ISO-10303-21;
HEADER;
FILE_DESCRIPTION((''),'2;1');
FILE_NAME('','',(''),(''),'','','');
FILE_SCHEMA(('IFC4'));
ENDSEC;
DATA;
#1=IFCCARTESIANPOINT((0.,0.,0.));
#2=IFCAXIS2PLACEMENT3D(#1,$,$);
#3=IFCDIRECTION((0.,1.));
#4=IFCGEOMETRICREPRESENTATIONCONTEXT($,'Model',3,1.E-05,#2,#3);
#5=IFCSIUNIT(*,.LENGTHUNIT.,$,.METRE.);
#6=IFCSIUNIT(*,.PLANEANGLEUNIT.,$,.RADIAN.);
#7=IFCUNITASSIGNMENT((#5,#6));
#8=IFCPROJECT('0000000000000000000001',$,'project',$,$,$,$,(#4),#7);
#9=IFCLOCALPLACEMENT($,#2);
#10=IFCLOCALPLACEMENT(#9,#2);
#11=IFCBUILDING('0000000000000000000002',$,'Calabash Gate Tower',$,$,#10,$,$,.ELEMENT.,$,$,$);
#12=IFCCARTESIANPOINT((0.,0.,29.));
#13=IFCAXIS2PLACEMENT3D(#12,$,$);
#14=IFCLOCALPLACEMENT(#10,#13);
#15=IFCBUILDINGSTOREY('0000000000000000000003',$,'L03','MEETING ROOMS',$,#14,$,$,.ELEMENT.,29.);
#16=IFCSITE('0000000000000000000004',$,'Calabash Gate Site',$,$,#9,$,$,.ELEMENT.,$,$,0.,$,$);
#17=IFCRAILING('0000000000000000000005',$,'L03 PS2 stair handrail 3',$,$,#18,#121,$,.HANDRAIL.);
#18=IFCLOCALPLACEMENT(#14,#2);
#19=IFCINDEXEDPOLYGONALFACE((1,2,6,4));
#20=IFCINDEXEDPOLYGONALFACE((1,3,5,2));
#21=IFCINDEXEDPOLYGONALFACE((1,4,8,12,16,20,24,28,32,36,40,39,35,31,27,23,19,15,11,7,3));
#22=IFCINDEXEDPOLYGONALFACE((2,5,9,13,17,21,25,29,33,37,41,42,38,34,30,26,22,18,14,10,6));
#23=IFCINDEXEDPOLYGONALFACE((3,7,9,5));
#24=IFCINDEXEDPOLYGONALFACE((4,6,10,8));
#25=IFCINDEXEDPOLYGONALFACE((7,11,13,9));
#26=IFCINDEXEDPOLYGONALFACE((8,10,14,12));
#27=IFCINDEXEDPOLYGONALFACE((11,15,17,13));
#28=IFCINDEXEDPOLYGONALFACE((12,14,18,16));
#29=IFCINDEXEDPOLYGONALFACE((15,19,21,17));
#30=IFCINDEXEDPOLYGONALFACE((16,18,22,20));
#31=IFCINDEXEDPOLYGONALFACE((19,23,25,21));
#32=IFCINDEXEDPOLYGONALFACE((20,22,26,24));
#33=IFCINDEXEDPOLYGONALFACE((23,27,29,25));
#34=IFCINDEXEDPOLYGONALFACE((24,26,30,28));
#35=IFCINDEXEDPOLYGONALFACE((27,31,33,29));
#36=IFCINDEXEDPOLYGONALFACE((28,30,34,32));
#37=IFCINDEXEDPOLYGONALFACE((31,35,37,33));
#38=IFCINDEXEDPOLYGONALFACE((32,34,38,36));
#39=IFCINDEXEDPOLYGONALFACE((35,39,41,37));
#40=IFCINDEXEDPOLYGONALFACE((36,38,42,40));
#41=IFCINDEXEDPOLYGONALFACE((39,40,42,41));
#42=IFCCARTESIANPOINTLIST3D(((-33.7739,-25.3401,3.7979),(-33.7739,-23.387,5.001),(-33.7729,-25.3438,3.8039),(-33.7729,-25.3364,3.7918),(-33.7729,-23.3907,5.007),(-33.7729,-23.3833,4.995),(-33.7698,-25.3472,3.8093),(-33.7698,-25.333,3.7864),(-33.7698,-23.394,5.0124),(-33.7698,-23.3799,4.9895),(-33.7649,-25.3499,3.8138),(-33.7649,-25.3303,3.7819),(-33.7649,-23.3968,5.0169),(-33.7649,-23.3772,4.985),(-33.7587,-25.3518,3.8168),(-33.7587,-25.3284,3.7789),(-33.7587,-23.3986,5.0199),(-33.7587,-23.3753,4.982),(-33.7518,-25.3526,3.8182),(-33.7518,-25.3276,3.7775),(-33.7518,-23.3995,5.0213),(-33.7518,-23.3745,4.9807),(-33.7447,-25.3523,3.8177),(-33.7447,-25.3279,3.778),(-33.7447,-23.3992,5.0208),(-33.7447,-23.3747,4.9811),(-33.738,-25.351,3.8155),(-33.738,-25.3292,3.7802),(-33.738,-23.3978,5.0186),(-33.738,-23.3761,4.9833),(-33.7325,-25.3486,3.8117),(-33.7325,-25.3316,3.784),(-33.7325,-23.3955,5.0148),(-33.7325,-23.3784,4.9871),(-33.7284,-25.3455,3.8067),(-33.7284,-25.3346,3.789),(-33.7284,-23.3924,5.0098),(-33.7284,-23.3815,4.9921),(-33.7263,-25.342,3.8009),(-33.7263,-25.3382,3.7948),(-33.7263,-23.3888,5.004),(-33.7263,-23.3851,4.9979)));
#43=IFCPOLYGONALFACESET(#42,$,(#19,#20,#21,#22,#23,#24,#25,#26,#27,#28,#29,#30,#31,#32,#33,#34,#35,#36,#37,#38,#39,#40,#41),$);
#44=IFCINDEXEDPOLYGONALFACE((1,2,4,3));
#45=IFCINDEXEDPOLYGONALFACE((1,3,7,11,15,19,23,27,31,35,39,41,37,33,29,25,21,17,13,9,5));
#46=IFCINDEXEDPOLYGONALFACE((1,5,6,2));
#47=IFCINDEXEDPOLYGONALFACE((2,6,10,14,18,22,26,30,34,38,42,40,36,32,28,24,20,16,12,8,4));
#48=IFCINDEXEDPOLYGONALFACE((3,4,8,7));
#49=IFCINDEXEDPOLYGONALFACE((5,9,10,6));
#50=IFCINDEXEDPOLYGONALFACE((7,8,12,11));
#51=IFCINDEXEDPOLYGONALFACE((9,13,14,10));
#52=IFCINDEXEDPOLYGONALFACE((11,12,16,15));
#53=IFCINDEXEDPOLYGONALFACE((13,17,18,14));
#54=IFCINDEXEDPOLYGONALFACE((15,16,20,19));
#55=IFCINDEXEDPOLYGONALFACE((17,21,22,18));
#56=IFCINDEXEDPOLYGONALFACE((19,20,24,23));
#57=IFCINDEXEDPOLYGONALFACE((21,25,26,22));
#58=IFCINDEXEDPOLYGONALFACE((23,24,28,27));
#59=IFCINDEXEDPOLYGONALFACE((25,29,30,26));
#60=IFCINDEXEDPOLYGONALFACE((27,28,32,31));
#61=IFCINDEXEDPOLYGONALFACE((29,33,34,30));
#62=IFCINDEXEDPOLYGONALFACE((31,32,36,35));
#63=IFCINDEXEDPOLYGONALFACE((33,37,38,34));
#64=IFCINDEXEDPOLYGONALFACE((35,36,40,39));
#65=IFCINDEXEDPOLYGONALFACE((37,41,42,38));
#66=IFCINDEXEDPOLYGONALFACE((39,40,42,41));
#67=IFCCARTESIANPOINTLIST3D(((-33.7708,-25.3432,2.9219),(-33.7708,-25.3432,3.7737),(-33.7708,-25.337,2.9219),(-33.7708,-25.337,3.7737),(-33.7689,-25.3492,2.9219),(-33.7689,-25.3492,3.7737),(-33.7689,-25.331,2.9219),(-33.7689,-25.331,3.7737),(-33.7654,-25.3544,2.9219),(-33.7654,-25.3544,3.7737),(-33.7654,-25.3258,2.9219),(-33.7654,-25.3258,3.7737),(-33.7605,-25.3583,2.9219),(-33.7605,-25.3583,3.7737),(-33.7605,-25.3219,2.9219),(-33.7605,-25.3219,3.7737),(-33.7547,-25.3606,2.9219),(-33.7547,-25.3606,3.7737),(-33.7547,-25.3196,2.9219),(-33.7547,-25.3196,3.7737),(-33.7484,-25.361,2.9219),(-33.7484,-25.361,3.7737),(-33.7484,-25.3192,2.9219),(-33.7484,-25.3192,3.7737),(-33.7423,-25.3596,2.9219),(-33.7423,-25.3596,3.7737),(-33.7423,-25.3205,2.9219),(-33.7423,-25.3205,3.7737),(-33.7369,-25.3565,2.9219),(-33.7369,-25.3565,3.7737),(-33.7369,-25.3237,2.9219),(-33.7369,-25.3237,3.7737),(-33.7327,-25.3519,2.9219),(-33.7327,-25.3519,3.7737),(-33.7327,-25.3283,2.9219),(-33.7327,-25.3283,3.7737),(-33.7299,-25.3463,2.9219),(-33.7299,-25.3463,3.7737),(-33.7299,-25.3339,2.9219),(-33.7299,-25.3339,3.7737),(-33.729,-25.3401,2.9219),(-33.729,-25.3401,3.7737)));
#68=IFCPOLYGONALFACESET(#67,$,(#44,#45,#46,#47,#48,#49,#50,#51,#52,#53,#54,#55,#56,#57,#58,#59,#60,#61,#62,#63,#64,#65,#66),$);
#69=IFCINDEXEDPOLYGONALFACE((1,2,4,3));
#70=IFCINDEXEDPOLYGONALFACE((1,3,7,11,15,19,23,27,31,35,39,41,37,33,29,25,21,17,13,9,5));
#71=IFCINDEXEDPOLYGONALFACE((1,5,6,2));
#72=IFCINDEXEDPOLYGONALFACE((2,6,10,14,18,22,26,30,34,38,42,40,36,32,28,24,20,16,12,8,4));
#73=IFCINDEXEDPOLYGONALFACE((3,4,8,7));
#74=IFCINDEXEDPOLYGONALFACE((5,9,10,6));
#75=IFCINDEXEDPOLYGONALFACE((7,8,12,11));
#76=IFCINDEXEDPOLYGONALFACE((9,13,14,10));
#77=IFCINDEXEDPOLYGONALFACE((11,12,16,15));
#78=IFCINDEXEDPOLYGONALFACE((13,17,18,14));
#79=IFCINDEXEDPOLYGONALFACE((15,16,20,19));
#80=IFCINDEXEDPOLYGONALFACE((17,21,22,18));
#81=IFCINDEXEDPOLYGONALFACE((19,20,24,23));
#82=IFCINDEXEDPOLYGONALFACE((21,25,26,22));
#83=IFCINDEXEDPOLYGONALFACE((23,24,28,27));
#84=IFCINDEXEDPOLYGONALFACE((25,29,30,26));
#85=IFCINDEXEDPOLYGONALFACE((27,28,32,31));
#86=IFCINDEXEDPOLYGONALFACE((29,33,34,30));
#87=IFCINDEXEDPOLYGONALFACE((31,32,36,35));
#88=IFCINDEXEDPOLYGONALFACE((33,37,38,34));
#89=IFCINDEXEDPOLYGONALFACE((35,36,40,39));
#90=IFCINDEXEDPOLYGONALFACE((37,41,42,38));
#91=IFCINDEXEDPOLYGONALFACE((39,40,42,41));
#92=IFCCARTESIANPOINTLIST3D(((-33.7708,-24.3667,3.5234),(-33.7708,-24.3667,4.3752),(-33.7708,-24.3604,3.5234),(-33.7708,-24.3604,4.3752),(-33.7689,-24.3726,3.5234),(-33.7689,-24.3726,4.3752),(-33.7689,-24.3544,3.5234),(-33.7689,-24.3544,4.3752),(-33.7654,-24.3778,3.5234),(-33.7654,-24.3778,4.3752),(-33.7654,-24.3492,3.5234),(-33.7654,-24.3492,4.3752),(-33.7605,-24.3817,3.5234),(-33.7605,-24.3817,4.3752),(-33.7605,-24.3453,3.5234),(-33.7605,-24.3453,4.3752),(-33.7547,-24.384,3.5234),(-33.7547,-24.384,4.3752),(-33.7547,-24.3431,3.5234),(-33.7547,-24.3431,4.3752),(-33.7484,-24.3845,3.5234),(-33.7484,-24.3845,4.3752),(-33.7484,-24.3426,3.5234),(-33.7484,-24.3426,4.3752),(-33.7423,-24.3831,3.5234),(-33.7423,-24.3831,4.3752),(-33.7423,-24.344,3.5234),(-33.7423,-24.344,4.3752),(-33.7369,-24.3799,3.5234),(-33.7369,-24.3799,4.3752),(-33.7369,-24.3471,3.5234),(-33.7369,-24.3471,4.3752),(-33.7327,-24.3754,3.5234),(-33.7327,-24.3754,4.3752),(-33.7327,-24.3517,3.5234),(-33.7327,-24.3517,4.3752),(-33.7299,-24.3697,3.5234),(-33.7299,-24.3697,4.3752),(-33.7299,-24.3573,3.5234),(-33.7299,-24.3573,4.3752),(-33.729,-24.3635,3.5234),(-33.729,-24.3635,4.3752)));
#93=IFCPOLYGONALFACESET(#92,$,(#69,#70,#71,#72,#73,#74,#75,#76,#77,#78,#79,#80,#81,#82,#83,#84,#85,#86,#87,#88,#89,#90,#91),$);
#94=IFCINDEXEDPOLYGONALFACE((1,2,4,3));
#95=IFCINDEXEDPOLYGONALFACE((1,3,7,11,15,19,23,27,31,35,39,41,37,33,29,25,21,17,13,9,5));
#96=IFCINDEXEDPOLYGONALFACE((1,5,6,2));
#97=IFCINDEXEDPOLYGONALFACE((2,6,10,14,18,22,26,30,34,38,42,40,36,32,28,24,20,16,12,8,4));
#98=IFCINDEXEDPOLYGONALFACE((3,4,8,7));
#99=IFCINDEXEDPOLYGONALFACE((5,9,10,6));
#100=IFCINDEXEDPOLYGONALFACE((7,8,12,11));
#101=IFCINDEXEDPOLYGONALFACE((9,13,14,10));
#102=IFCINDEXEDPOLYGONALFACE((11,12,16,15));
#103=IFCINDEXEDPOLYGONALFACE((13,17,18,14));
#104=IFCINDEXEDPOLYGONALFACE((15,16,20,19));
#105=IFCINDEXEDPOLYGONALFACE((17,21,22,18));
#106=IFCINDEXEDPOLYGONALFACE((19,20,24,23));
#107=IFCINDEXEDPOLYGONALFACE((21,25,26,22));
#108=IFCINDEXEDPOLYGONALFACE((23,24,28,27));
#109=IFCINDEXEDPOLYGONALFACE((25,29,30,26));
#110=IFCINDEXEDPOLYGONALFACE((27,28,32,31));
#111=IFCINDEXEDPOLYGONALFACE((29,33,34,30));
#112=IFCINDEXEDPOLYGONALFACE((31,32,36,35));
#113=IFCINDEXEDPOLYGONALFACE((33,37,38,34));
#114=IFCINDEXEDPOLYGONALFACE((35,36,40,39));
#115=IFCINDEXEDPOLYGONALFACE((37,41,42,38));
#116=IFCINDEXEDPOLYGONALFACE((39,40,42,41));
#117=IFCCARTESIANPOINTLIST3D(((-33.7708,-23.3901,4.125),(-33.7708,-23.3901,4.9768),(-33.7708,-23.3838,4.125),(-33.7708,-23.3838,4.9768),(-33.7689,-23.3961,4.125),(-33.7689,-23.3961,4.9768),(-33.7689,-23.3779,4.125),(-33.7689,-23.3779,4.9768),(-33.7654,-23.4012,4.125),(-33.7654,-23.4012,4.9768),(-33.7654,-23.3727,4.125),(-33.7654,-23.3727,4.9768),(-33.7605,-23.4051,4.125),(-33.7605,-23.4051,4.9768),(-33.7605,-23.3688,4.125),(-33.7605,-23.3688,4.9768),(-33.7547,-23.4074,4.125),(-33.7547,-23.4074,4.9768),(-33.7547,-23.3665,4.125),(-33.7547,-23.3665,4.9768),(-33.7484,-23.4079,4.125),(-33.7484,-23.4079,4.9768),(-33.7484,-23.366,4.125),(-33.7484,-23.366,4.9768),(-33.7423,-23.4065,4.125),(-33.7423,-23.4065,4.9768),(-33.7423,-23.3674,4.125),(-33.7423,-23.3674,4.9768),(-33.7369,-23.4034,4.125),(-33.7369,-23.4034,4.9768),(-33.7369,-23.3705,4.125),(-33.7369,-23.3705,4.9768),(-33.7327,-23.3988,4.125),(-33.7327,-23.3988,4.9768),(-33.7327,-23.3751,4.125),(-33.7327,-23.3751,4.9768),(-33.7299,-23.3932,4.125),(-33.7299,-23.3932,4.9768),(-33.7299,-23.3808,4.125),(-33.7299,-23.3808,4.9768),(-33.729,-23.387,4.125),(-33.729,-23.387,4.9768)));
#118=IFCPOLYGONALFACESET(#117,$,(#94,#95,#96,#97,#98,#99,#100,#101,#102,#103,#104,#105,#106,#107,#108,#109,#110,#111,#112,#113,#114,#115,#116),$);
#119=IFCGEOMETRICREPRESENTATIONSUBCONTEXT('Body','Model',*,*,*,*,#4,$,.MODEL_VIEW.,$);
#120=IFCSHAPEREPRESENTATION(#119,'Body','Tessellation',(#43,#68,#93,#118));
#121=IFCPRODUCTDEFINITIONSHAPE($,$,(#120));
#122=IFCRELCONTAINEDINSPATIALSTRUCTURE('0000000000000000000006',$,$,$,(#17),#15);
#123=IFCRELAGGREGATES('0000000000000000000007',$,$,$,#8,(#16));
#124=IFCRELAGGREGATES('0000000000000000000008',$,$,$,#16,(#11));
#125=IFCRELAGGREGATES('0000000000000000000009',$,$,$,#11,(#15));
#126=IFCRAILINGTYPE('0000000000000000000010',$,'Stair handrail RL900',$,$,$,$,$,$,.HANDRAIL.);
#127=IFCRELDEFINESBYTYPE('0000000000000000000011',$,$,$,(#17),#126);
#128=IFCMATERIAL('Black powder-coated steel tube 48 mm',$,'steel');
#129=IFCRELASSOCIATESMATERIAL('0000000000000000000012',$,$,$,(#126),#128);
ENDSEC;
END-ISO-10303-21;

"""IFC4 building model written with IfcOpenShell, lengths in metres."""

from ifc_helpers import new_model, si_unit, direction, frame, origin, origin_2d, place, context, subcontext, project, spatial, circle, extrude, material, type_object, element, save


model = new_model("IFC4")

# Units and contexts
model_context = context("Model", 3, precision=1e-05, world=origin(), true_north=direction((0.0, 1.0)))
body_context = subcontext(model_context, "Body", "Model", "MODEL_VIEW")
ifc_project = project(units=[si_unit("LENGTHUNIT", "METRE"), si_unit("PLANEANGLEUNIT", "RADIAN")], contexts=[model_context])

# Site, building, storey
site_placement = place(None, origin())
site = spatial("IfcSite", under=ifc_project, at=site_placement, Name="Calabash Gate Site", CompositionType="ELEMENT", RefElevation=0.0)
building_placement = place(site_placement, origin())
building = spatial("IfcBuilding", under=site, at=building_placement, Name="Calabash Gate Tower", CompositionType="ELEMENT")
storey_placement = place(building_placement, frame((0.0, 0.0, 29.0)))
storey = spatial("IfcBuildingStorey", under=building, at=storey_placement, Name="L03", Description="MEETING ROOMS", CompositionType="ELEMENT", Elevation=29.0)

# Railing
ifc_material_1 = material(Name="Black powder-coated steel tube 48 mm", Category="steel")
railing_type_1 = type_object("IfcRailingType", Name="Stair handrail RL900", PredefinedType="HANDRAIL", material=ifc_material_1)
railing_1_placement = place(storey_placement, frame((-33.75, -25.3401, 2.9219)))
element("IfcRailing", 1, at=railing_1_placement, inside=storey, type_object=railing_type_1, Name="L03 PS2 stair handrail 3", PredefinedType="HANDRAIL", context=body_context, shape_type="SweptSolid", body=[
    extrude(circle(Radius=0.0239, at=origin_2d()), frame((0.0, 0.0, 0.876), z_axis=(0.0, 0.851424, 0.524477), x_axis=(-1.0, 0.0, 0.0)), (0.0, 0.0, 1.0), 2.2939),
    extrude(circle(Radius=0.021, at=origin_2d()), origin(), (0.0, 0.0, 1.0), 0.8518),
    extrude(circle(Radius=0.021, at=origin_2d()), frame((0.0, 0.9766, 0.6016)), (0.0, 0.0, 1.0), 0.8518),
    extrude(circle(Radius=0.021, at=origin_2d()), frame((0.0, 1.9531, 1.2031)), (0.0, 0.0, 1.0), 0.8518),
])

save(model, "model.ifc")
